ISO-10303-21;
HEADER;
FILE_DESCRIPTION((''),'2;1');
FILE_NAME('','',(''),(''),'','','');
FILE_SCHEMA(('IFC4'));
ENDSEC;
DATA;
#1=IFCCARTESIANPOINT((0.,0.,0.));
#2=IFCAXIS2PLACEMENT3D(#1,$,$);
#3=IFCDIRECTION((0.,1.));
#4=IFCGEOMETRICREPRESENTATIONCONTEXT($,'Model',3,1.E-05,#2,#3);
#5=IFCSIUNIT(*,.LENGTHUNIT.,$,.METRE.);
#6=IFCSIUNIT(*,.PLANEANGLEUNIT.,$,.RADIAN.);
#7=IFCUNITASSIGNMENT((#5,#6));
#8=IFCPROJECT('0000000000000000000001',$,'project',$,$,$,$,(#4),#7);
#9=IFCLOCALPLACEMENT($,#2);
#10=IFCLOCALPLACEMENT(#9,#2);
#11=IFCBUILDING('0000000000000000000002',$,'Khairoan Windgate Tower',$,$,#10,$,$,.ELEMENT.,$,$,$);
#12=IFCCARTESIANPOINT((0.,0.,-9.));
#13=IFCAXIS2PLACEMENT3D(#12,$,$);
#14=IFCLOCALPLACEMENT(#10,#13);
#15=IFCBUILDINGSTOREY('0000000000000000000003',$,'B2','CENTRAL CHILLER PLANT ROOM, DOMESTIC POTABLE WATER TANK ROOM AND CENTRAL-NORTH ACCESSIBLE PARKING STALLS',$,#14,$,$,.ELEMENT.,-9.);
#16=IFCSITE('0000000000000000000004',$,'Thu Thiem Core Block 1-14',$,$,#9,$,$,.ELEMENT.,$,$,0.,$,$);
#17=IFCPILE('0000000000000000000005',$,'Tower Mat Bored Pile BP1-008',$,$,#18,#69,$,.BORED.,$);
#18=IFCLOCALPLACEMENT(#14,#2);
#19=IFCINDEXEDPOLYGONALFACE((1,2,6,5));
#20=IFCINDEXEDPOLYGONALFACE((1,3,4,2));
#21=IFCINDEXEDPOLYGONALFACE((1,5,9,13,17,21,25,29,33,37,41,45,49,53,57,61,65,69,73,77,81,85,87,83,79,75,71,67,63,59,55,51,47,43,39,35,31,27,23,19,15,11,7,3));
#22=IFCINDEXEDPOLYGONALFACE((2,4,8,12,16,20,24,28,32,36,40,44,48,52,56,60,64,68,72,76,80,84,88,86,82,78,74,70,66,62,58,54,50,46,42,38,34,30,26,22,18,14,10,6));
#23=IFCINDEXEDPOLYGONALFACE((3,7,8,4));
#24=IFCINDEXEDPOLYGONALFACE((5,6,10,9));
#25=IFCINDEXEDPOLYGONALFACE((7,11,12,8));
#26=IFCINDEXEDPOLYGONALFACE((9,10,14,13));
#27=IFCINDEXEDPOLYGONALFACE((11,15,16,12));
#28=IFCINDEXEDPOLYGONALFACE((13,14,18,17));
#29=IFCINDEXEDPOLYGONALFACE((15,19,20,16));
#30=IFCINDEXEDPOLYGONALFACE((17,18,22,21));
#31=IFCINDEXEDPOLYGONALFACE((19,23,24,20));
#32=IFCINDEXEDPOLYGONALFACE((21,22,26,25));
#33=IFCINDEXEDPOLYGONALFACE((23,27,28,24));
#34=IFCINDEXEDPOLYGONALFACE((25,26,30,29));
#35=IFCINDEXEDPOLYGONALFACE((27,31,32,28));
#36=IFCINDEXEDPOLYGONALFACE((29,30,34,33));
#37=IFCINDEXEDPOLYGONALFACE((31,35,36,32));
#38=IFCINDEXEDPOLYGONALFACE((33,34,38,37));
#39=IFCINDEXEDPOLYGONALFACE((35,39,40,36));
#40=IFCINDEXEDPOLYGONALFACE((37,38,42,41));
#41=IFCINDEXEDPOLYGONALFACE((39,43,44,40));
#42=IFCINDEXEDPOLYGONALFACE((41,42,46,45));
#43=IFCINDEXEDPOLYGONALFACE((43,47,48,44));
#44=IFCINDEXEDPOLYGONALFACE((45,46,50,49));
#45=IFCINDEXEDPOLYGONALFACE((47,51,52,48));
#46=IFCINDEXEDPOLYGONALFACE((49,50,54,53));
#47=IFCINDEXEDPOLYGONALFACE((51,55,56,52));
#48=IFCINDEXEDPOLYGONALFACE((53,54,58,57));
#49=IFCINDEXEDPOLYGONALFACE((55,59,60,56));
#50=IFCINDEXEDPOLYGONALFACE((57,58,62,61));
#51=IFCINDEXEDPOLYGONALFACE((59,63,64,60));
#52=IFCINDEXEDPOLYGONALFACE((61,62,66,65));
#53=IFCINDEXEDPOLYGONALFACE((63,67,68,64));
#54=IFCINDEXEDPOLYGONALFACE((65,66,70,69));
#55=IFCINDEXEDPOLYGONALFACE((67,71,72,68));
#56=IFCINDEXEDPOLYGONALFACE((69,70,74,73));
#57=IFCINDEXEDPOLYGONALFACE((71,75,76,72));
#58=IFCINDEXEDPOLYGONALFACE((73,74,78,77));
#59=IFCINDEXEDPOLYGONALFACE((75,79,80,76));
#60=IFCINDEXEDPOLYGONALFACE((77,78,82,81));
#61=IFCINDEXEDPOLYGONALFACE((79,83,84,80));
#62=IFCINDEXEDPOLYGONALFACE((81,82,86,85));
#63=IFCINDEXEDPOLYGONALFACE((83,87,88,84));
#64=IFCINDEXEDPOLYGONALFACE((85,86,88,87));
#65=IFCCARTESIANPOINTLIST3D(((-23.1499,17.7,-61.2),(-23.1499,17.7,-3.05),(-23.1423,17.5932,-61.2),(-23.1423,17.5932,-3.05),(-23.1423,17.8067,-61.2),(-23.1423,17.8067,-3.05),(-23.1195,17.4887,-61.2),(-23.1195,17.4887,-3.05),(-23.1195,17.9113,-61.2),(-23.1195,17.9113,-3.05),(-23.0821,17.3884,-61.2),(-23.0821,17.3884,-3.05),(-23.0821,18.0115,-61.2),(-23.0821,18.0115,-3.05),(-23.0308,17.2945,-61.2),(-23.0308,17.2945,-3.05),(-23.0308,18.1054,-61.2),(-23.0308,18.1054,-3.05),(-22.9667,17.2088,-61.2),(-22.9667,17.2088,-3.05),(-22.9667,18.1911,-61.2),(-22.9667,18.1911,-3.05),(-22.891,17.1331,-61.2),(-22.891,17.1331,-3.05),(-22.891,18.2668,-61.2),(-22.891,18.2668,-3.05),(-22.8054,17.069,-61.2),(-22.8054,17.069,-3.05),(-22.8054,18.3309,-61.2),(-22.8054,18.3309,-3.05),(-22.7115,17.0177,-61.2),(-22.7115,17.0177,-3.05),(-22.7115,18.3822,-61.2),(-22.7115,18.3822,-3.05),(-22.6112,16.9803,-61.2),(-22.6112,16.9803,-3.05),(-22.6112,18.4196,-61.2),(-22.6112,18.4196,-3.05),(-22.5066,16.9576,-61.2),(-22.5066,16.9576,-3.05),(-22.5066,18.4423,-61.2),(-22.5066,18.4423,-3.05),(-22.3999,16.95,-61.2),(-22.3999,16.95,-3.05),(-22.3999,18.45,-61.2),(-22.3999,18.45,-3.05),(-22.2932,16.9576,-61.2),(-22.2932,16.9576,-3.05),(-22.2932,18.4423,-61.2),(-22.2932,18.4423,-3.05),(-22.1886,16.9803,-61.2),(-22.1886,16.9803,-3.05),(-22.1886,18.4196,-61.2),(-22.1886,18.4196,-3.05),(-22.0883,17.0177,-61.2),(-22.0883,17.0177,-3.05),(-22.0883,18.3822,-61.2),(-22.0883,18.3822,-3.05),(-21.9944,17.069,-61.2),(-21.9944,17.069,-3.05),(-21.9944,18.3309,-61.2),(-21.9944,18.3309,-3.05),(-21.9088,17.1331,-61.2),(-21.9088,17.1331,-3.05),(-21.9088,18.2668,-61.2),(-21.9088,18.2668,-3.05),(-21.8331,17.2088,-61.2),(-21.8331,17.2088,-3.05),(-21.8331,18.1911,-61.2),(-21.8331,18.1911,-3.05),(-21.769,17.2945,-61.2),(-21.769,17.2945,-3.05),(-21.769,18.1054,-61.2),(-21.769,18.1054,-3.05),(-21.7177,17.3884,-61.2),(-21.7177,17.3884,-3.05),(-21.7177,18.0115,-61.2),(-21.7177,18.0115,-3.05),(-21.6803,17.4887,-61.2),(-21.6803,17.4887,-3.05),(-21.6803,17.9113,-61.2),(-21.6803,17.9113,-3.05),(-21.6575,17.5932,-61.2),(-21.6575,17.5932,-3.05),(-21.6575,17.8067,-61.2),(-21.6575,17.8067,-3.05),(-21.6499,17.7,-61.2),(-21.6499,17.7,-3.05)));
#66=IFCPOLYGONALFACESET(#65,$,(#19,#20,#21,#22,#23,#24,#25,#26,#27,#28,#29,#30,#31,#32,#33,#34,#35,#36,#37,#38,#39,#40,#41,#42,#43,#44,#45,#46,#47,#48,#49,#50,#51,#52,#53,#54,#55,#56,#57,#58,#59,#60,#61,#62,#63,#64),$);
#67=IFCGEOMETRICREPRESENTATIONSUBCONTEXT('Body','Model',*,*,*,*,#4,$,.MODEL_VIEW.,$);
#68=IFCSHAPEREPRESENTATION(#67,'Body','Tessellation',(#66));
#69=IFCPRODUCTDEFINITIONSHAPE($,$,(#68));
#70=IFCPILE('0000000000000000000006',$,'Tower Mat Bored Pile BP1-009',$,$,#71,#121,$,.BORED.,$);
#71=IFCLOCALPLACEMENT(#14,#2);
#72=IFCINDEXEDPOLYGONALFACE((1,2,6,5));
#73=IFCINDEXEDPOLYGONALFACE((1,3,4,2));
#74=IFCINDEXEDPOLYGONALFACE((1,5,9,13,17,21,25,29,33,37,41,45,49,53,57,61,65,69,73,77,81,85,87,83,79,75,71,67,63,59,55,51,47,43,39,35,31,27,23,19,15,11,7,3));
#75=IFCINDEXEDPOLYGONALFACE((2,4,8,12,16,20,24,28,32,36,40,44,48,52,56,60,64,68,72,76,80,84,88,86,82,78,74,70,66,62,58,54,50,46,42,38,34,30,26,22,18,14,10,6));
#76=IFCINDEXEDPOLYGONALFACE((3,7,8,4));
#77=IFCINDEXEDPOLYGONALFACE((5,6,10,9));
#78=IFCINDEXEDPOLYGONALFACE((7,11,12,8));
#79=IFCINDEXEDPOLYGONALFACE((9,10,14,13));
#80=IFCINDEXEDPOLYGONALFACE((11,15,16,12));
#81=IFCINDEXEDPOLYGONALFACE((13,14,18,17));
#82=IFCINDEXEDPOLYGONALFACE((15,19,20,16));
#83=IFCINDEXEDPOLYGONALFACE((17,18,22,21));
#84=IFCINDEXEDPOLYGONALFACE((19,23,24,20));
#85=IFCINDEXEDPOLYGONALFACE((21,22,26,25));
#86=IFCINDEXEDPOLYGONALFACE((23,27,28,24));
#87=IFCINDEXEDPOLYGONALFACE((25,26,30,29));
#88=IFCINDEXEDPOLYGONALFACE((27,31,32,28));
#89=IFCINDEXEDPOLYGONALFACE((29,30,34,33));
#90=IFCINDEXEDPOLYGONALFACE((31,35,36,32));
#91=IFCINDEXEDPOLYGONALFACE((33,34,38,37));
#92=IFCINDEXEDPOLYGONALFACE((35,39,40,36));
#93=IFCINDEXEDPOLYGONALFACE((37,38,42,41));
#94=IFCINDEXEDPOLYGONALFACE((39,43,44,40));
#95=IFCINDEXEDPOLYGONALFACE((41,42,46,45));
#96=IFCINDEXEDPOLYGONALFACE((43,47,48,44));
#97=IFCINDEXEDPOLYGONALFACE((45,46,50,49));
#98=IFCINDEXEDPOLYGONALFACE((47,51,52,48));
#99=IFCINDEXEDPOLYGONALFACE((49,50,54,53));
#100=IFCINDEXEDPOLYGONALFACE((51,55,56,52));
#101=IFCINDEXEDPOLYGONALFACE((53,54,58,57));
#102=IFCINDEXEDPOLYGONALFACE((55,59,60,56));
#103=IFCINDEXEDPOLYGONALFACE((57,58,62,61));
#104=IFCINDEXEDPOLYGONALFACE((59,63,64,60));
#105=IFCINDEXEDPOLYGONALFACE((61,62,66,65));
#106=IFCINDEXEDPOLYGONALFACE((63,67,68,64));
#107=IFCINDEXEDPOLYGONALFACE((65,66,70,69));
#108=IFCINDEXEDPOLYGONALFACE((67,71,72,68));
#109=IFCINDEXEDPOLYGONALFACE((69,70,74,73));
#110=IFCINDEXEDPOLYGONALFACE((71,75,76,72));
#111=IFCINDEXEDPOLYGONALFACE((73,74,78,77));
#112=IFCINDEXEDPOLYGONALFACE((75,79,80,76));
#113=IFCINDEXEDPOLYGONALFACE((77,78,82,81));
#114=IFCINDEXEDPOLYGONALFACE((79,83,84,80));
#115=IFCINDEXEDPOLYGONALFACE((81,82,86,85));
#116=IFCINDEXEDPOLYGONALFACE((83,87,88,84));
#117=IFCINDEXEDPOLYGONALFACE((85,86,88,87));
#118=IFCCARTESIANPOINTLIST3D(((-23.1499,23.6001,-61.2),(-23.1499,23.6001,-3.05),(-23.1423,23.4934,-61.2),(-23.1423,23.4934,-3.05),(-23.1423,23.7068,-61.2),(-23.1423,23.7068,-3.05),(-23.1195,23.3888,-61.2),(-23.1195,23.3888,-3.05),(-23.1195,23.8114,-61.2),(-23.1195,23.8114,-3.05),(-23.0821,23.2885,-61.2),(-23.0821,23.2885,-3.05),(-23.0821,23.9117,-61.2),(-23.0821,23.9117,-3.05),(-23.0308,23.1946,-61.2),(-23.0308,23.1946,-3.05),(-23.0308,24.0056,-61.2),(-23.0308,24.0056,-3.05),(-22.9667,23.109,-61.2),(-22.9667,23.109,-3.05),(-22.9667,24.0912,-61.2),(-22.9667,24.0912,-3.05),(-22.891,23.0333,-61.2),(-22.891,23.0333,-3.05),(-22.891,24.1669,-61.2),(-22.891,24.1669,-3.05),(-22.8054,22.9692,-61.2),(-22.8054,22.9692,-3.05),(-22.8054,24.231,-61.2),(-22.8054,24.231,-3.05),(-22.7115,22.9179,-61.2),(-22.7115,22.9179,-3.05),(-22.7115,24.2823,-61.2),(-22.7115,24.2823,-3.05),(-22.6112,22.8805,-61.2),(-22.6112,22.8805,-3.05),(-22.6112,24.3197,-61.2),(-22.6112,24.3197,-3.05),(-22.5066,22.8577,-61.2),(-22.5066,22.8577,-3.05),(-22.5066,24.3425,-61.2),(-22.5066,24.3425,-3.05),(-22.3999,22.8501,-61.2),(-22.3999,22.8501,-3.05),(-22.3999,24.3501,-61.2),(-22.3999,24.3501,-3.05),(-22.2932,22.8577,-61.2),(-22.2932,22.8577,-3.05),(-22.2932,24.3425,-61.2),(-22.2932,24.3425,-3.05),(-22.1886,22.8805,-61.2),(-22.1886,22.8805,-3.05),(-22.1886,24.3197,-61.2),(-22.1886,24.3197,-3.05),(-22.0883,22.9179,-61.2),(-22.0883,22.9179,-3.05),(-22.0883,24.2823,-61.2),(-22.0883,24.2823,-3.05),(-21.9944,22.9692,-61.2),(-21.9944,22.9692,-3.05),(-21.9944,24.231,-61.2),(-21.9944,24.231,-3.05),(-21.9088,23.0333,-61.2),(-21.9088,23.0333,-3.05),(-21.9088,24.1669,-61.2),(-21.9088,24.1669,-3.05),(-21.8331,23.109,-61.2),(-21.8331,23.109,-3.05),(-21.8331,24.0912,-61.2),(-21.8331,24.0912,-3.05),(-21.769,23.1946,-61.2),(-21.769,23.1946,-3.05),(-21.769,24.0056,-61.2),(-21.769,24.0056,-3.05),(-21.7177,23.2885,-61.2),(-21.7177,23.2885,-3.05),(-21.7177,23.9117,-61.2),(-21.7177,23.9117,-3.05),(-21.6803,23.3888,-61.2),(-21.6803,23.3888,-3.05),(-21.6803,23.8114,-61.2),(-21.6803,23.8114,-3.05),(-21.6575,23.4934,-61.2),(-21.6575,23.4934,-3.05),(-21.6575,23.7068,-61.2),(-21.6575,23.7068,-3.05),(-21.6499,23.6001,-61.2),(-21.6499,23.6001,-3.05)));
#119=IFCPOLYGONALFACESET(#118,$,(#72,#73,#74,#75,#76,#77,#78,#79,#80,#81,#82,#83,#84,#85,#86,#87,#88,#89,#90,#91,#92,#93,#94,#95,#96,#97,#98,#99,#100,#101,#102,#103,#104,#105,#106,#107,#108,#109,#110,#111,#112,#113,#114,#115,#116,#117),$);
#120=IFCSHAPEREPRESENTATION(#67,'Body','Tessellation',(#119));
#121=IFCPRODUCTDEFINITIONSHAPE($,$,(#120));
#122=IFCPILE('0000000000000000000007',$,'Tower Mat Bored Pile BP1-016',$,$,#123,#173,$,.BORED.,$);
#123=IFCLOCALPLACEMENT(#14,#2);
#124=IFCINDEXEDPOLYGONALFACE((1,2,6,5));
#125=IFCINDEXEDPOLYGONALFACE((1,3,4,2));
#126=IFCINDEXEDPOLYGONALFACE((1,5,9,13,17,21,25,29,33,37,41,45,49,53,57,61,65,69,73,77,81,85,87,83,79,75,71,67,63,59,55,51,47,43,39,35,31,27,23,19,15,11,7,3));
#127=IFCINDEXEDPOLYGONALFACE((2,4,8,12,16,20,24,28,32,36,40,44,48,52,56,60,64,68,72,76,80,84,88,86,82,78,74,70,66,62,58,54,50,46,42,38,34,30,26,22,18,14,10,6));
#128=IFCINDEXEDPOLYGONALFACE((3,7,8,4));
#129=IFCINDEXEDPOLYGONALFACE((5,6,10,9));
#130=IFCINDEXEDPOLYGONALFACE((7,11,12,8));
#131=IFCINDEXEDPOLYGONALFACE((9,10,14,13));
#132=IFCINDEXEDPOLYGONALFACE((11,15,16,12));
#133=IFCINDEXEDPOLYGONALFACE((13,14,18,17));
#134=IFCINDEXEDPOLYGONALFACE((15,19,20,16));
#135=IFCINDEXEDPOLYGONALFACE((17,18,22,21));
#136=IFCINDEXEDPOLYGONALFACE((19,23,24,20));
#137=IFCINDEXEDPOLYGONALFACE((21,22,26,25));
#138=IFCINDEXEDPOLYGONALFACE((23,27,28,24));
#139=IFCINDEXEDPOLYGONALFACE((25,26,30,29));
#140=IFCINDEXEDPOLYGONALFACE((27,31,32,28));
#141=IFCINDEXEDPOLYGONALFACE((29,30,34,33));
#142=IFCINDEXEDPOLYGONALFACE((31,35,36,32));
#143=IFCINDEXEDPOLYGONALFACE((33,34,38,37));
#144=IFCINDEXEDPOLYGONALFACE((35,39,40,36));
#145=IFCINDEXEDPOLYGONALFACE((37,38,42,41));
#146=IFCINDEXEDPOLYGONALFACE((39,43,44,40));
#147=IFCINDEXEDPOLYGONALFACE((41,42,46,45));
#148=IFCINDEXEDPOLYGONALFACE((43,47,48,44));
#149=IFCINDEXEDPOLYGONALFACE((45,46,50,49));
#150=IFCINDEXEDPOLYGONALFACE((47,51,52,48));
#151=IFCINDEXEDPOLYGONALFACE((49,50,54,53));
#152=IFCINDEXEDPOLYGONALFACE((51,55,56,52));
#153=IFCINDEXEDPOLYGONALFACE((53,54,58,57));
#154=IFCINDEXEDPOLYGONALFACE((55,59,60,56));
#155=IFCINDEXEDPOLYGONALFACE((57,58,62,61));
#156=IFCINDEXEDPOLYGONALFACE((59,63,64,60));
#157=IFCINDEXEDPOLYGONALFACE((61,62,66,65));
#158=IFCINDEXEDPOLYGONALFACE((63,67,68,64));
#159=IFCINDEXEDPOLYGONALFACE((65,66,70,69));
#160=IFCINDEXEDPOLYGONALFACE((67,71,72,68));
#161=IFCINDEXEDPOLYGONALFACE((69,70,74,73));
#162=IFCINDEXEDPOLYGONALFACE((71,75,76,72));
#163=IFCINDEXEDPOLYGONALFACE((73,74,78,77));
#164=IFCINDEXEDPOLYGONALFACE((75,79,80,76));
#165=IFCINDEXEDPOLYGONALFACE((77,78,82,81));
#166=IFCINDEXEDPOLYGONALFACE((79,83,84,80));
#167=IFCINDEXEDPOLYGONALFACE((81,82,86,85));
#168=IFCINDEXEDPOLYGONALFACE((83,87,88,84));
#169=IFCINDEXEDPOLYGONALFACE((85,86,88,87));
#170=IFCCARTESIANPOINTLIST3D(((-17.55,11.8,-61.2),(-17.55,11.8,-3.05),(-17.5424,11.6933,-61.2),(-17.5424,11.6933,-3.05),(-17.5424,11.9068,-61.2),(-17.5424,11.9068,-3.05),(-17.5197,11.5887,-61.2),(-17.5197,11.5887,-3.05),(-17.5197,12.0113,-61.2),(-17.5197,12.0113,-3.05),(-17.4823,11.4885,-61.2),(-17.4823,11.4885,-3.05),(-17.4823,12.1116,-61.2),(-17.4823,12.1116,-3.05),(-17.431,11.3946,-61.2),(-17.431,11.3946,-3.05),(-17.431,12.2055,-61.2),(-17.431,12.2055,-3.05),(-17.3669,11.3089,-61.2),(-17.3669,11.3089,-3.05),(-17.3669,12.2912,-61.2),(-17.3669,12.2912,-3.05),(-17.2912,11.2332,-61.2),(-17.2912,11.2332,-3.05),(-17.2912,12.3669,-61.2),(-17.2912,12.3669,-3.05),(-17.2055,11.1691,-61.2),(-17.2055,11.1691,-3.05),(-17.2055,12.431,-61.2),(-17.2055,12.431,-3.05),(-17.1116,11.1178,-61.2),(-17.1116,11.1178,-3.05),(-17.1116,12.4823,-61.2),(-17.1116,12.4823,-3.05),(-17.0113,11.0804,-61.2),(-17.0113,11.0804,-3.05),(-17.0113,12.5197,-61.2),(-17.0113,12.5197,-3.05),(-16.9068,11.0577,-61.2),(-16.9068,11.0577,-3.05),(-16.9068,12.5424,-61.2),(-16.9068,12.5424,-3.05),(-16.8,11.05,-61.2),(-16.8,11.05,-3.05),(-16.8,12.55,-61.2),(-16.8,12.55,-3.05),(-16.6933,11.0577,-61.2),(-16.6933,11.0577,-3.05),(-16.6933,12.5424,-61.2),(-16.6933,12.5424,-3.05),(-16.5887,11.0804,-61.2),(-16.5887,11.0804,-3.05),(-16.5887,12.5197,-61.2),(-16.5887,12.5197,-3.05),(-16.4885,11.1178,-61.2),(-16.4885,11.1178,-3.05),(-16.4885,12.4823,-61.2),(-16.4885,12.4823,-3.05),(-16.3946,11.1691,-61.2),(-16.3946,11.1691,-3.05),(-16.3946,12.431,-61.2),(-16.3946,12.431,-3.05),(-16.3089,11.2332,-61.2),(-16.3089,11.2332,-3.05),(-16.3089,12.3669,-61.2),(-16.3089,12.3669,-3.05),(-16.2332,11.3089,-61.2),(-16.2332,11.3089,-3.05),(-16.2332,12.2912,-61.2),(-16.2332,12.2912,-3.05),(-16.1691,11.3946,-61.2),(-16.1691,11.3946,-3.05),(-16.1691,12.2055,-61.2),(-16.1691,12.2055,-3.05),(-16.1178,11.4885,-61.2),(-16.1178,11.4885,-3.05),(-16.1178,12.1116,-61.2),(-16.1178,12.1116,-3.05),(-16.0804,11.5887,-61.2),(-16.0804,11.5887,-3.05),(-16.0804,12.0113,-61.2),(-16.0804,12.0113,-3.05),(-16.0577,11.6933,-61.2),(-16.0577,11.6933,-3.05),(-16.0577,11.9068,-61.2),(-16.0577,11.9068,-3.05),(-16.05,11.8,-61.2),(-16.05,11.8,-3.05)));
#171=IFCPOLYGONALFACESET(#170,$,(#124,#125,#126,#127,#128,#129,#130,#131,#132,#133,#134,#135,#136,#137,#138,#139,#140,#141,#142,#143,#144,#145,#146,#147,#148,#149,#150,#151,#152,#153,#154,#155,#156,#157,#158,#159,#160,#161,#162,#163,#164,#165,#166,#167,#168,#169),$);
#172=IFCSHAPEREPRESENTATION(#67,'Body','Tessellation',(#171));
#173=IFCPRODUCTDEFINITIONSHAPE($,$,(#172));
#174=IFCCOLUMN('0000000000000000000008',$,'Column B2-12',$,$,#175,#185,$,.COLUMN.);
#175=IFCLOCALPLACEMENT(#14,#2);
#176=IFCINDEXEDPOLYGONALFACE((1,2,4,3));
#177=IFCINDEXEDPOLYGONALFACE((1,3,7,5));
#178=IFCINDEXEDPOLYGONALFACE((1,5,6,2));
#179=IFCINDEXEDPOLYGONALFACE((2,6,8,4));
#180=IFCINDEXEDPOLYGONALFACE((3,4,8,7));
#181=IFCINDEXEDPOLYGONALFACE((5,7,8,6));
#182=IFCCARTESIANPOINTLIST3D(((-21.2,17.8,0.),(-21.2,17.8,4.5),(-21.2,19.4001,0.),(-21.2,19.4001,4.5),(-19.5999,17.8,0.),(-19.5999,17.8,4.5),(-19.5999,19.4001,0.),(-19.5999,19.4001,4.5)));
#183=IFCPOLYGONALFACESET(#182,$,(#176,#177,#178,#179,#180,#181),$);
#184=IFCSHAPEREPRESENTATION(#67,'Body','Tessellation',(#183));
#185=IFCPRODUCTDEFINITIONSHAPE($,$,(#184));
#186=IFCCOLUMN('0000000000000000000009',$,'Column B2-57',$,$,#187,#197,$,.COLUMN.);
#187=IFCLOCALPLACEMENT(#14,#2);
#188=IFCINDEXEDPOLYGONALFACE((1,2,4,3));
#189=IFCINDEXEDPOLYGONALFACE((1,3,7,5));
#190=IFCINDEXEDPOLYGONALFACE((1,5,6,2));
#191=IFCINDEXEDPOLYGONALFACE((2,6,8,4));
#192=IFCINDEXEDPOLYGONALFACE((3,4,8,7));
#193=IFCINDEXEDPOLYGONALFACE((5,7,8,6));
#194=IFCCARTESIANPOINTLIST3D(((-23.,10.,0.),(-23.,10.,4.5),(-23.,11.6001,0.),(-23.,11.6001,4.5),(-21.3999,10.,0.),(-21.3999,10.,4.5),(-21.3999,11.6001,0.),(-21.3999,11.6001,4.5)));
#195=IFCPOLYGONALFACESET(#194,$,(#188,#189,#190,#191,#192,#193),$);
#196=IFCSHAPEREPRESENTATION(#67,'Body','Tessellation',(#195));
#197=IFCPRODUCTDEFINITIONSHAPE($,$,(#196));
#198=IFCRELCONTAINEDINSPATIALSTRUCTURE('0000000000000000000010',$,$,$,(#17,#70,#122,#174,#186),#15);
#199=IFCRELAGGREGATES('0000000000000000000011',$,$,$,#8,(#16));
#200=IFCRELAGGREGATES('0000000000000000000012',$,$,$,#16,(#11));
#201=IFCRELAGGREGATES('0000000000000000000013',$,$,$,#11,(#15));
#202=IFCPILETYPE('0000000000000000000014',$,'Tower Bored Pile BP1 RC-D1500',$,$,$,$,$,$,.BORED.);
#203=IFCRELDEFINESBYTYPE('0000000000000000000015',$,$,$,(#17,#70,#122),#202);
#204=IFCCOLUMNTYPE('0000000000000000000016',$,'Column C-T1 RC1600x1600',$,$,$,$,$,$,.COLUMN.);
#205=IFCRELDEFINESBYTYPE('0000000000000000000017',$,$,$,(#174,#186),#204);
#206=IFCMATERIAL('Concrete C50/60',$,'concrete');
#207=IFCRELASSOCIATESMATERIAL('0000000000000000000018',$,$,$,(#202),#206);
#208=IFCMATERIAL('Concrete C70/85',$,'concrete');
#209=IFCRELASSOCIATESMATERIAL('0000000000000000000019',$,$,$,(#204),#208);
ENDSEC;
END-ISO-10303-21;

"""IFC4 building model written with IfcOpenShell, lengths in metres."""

from ifc_helpers import new_model, si_unit, direction, frame, origin, origin_2d, place, context, subcontext, project, spatial, rectangle, circle, extrude, material, material_profile, profile_set, type_object, element, save


model = new_model("IFC4")

# Units and contexts
model_context = context("Model", 3, precision=1e-05, world=origin(), true_north=direction((0.0, 1.0)))
body_context = subcontext(model_context, "Body", "Model", "MODEL_VIEW")
ifc_project = project(units=[si_unit("LENGTHUNIT", "METRE"), si_unit("PLANEANGLEUNIT", "RADIAN")], contexts=[model_context])

# Site, building, storey
site_placement = place(None, origin())
site = spatial("IfcSite", under=ifc_project, at=site_placement, Name="Thu Thiem Core Block 1-14", CompositionType="ELEMENT", RefElevation=0.0)
building_placement = place(site_placement, origin())
building = spatial("IfcBuilding", under=site, at=building_placement, Name="Khairoan Windgate Tower", CompositionType="ELEMENT")
storey_placement = place(building_placement, frame((0.0, 0.0, -9.0)))
storey = spatial("IfcBuildingStorey", under=building, at=storey_placement, Name="B2", Description="CENTRAL CHILLER PLANT ROOM, DOMESTIC POTABLE WATER TANK ROOM AND CENTRAL-NORTH ACCESSIBLE PARKING STALLS", CompositionType="ELEMENT", Elevation=-9.0)

# Piles
ifc_material_1 = material(Name="Concrete C50/60", Category="concrete")
ifc_material_profile_1 = material_profile(ifc_material_1, circle(Radius=0.75, at=origin_2d()))
ifc_profile_set_1 = profile_set([ifc_material_profile_1], Name="Concrete C50/60")
pile_type_1 = type_object("IfcPileType", Name="Tower Bored Pile BP1 RC-D1500", PredefinedType="BORED", material=ifc_profile_set_1)
for number, where, z_axis, x_axis, name in (
    (1, (-22.3999, 17.7, -3.05), (0.0, 0.0, -1.0), (1.0, 0.0, 0.0), "Tower Mat Bored Pile BP1-008"),
    (2, (-22.3999, 23.6001, -3.05), (0.0, 0.0, -1.0), (1.0, 0.0, 0.0), "Tower Mat Bored Pile BP1-009"),
    (3, (-16.8, 11.8, -3.05), (0.0, 0.0, -1.0), (1.0, 0.0, 0.0), "Tower Mat Bored Pile BP1-016"),
):
    element("IfcPile", number, at=place(storey_placement, frame(where, z_axis=z_axis, x_axis=x_axis)), inside=storey, type_object=pile_type_1, Name=name, PredefinedType="BORED", context=body_context, shape_type="SweptSolid", body=[
        extrude(circle(Radius=0.75, at=origin_2d()), origin(), (0.0, 0.0, 1.0), 58.1499),
    ])

# Columns
ifc_material_2 = material(Name="Concrete C70/85", Category="concrete")
ifc_material_profile_2 = material_profile(ifc_material_2, rectangle(XDim=1.6001, YDim=1.6001, at=origin_2d()))
ifc_profile_set_2 = profile_set([ifc_material_profile_2], Name="Concrete C70/85")
column_type_1 = type_object("IfcColumnType", Name="Column C-T1 RC1600x1600", PredefinedType="COLUMN", material=ifc_profile_set_2)
for number, where, z_axis, x_axis, name in (
    (4, (-20.3999, 18.6001, 0.0), (0.0, 0.0, 1.0), (1.0, 0.0, 0.0), "Column B2-12"),
    (5, (-22.2, 10.8, 0.0), (0.0, 0.0, 1.0), (1.0, 0.0, 0.0), "Column B2-57"),
):
    element("IfcColumn", number, at=place(storey_placement, frame(where, z_axis=z_axis, x_axis=x_axis)), inside=storey, type_object=column_type_1, Name=name, PredefinedType="COLUMN", context=body_context, shape_type="SweptSolid", body=[
        extrude(rectangle(XDim=1.6001, YDim=1.6001, at=origin_2d()), origin(), (0.0, 0.0, 1.0), 4.5),
    ])

save(model, "model.ifc")
